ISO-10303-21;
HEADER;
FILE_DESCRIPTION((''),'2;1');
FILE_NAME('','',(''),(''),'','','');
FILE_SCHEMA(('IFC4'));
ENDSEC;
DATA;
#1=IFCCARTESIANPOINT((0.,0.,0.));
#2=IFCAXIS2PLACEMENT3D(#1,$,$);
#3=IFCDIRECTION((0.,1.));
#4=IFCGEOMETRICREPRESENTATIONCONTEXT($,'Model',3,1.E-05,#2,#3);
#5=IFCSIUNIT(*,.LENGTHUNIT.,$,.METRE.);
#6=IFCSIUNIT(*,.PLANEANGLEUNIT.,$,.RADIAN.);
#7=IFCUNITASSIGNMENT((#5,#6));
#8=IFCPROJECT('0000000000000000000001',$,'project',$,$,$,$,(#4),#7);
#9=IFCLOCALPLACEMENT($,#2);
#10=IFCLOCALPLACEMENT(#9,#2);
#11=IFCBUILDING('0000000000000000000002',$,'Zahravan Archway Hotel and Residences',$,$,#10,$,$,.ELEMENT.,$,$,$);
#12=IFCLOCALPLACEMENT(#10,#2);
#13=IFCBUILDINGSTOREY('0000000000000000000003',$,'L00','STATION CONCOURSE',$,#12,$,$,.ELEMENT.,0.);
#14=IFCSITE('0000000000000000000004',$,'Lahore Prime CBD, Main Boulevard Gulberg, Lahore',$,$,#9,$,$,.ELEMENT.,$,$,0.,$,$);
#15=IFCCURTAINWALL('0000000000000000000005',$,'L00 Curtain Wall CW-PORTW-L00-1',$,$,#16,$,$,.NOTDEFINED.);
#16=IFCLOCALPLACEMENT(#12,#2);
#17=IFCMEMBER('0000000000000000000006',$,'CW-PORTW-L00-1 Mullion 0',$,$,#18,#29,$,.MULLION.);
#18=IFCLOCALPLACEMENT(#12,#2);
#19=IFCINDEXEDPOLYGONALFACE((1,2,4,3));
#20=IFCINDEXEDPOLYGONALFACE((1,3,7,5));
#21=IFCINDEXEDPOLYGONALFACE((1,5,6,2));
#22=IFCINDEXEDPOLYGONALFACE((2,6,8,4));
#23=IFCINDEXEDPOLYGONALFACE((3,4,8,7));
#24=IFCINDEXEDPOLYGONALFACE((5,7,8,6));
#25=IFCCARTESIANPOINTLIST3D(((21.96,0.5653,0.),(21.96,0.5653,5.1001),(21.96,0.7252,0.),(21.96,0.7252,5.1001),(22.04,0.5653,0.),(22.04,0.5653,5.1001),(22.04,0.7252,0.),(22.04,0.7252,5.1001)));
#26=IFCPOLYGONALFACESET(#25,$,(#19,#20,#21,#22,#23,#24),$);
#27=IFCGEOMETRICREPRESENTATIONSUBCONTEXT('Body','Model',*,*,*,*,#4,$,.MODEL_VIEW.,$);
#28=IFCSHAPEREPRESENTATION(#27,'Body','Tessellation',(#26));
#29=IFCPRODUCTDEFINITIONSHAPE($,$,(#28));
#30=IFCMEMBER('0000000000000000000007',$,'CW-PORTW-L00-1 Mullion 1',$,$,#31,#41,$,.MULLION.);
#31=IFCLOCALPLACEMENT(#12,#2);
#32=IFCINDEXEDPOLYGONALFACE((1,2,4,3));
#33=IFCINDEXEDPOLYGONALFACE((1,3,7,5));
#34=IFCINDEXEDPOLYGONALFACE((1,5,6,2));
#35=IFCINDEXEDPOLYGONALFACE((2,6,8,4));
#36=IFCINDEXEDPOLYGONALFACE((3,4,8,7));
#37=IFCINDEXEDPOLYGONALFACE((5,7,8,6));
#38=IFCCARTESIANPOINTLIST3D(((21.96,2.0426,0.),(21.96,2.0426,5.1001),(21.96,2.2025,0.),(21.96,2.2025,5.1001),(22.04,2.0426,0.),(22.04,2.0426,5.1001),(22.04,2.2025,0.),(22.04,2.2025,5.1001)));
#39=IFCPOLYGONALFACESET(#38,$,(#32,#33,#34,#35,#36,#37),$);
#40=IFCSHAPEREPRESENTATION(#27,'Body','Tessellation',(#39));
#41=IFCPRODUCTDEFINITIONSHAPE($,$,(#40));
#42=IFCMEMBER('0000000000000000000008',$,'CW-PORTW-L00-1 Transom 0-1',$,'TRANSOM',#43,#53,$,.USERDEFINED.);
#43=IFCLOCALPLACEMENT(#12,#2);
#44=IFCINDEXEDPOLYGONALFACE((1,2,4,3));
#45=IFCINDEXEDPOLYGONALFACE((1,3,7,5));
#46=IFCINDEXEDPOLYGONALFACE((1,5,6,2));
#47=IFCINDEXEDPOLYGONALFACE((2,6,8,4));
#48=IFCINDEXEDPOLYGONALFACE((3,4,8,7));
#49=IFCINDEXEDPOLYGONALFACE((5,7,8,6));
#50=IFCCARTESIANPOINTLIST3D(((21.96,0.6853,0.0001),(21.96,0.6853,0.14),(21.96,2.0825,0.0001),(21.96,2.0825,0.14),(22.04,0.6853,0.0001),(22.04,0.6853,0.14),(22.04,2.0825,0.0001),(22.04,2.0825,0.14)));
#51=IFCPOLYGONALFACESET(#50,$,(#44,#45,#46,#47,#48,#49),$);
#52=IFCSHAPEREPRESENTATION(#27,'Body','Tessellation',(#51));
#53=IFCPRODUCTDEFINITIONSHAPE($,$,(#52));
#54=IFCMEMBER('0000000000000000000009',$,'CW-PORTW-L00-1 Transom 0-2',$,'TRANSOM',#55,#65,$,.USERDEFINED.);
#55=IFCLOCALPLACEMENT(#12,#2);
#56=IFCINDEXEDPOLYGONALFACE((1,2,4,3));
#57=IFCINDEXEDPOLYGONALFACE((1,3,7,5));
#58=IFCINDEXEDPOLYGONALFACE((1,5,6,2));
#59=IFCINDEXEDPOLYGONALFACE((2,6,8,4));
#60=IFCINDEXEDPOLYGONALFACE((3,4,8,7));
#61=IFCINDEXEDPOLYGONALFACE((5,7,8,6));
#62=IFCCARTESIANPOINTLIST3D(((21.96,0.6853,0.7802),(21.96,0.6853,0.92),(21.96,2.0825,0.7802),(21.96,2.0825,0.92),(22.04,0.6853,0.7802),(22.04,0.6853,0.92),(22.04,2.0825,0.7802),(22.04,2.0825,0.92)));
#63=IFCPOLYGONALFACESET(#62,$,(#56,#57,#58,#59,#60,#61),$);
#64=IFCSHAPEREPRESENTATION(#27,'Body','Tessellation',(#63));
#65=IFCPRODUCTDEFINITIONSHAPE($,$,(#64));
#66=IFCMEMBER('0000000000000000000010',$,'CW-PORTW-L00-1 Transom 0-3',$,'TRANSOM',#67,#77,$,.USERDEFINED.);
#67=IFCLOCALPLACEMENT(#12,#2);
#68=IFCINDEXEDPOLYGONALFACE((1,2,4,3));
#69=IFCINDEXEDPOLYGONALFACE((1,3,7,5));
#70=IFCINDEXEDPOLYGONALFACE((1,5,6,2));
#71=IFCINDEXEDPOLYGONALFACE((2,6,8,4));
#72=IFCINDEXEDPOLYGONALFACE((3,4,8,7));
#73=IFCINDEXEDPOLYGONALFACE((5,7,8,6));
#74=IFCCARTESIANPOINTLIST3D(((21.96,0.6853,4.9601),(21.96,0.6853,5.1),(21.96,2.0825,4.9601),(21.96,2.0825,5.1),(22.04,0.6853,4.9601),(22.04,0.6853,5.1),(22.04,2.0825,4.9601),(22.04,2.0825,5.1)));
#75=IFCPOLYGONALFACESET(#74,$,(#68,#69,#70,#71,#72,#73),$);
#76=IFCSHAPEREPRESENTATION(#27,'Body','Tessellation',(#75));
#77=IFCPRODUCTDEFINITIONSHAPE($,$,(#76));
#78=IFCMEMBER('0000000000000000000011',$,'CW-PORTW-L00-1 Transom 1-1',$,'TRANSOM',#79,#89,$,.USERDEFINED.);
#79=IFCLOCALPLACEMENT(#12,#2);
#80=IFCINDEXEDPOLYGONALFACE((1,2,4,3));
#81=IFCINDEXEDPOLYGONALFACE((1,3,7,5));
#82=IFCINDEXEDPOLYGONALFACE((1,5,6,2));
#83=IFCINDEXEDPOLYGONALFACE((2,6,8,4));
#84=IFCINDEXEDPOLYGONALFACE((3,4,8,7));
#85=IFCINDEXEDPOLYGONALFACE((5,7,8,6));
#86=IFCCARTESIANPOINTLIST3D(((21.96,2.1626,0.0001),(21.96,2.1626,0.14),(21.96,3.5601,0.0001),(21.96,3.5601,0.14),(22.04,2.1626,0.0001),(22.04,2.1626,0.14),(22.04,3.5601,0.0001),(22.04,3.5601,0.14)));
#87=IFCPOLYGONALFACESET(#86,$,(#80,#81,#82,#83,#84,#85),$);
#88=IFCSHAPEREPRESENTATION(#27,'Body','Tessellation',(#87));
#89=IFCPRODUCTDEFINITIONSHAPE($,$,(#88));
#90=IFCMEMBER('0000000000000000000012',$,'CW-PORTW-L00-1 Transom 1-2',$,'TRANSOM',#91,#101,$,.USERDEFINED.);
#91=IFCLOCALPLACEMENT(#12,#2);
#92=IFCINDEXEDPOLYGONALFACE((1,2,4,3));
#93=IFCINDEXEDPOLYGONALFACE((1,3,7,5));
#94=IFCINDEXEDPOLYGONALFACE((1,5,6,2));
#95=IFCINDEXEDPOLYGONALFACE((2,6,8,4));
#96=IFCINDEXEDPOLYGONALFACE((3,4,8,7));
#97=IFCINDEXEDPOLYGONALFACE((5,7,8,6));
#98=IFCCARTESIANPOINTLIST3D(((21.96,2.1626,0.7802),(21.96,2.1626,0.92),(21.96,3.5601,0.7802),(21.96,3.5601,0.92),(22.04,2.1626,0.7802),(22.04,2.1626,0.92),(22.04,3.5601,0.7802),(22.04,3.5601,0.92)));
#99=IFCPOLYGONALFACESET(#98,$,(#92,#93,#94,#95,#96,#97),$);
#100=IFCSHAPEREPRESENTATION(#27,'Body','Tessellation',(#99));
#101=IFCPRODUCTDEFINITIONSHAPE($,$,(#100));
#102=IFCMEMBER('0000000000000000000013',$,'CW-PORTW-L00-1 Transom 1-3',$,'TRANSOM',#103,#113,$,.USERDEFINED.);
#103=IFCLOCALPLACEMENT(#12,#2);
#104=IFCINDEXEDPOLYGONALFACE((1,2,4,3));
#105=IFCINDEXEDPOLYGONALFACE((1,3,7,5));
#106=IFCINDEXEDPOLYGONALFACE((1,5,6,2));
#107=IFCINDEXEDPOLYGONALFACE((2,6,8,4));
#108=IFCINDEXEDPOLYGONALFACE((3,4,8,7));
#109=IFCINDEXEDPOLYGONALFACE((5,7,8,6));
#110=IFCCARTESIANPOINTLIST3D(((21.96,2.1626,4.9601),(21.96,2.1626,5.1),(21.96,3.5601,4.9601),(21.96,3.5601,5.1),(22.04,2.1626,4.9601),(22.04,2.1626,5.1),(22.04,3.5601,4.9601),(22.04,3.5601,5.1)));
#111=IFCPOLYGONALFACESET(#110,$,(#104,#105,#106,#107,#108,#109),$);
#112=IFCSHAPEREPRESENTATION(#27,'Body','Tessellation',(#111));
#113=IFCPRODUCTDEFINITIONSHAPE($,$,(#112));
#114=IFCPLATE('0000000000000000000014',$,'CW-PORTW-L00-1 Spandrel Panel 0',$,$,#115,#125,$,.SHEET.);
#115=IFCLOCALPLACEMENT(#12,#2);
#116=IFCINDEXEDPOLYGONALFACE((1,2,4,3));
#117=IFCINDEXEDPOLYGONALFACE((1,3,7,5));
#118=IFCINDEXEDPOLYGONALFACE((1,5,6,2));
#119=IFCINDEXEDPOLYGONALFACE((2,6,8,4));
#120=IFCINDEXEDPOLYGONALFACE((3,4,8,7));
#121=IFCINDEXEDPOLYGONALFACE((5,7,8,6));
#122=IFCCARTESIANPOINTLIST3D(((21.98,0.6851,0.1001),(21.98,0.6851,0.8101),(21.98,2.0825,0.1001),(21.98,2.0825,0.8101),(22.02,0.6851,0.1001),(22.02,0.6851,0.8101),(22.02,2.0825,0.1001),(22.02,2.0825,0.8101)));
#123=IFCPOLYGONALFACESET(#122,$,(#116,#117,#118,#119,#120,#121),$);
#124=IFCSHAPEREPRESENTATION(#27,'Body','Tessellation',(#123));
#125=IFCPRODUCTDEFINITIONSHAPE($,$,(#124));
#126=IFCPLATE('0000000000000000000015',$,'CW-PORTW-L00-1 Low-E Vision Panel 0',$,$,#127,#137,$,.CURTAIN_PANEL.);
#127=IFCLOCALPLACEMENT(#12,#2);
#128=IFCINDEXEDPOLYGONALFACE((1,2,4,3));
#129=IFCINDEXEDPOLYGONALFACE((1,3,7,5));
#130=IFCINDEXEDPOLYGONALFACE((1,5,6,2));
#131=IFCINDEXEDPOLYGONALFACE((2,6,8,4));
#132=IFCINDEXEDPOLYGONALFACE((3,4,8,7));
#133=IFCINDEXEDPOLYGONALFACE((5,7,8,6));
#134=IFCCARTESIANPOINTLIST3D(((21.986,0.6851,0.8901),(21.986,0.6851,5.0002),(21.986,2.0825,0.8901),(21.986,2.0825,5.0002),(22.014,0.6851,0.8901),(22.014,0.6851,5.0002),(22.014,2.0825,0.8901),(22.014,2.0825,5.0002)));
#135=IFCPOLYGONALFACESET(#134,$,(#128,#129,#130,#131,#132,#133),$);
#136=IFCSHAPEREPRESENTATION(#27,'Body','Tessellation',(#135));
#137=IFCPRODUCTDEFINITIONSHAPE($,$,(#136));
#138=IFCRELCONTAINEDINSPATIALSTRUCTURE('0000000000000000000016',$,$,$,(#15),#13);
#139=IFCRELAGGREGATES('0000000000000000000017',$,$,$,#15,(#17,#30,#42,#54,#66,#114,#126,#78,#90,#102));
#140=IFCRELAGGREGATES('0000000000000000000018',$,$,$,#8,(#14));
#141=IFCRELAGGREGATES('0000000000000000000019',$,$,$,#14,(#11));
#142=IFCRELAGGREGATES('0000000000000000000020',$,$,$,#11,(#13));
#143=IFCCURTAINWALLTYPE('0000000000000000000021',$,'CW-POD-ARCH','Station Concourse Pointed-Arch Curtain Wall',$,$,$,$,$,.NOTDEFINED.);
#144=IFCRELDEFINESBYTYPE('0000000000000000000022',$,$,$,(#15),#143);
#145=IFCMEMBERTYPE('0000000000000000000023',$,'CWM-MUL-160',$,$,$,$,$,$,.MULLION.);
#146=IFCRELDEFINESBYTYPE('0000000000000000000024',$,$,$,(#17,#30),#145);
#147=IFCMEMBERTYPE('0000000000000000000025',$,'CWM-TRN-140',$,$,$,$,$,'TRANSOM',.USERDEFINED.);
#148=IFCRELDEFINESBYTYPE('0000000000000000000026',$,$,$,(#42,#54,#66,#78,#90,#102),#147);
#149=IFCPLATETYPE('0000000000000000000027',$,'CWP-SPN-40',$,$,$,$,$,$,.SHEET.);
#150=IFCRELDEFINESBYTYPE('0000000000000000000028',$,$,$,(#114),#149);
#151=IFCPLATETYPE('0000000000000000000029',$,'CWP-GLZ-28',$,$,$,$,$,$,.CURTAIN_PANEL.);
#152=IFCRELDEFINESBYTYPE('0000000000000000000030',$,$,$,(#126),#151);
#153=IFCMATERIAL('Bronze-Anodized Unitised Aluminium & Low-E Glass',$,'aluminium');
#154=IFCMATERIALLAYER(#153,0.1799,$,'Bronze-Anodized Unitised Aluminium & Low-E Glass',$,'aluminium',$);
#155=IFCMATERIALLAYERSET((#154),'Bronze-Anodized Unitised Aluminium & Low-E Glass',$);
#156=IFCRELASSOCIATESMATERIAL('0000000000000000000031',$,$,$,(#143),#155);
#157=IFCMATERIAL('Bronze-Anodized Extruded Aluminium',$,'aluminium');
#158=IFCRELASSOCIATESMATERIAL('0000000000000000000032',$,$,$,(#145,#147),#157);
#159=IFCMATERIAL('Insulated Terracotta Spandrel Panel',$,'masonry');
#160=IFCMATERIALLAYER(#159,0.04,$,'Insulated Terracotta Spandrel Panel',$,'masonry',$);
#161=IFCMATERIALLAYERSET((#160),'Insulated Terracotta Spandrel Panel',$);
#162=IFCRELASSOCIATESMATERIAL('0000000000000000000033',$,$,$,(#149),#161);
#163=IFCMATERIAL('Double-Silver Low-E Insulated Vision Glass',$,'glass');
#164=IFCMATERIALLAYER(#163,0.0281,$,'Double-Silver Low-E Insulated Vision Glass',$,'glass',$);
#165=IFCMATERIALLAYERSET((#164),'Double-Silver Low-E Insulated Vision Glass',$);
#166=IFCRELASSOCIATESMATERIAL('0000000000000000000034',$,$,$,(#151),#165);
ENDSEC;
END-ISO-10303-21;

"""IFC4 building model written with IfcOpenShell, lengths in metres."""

from ifc_helpers import new_model, si_unit, direction, frame, origin, origin_2d, place, context, subcontext, project, spatial, rectangle, extrude, source, transform, mapped, material, layer, layer_set, material_profile, profile_set, type_object, element, aggregate, save


model = new_model("IFC4")

# Units and contexts
model_context = context("Model", 3, precision=1e-05, world=origin(), true_north=direction((0.0, 1.0)))
body_context = subcontext(model_context, "Body", "Model", "MODEL_VIEW")
ifc_project = project(units=[si_unit("LENGTHUNIT", "METRE"), si_unit("PLANEANGLEUNIT", "RADIAN")], contexts=[model_context])

# Site, building, storey
site_placement = place(None, origin())
site = spatial("IfcSite", under=ifc_project, at=site_placement, Name="Lahore Prime CBD, Main Boulevard Gulberg, Lahore", CompositionType="ELEMENT", RefElevation=0.0)
building_placement = place(site_placement, origin())
building = spatial("IfcBuilding", under=site, at=building_placement, Name="Zahravan Archway Hotel and Residences", CompositionType="ELEMENT")
storey_placement = place(building_placement, origin())
storey = spatial("IfcBuildingStorey", under=building, at=storey_placement, Name="L00", Description="STATION CONCOURSE", CompositionType="ELEMENT", Elevation=0.0)

# Curtain wall, members, plates
ifc_material_1 = material(Name="Bronze-Anodized Unitised Aluminium & Low-E Glass", Category="aluminium")
ifc_layer_1 = layer(ifc_material_1, 0.1799, Name="Bronze-Anodized Unitised Aluminium & Low-E Glass", Category="aluminium")
ifc_layer_set_1 = layer_set([ifc_layer_1], Name="Bronze-Anodized Unitised Aluminium & Low-E Glass")
curtain_wall_type = type_object("IfcCurtainWallType", Name="CW-POD-ARCH", Description="Station Concourse Pointed-Arch Curtain Wall", PredefinedType="NOTDEFINED", material=ifc_layer_set_1)
curtain_wall_placement = place(storey_placement, origin())
curtain_wall = element("IfcCurtainWall", 1, at=curtain_wall_placement, inside=storey, type_object=curtain_wall_type, Name="L00 Curtain Wall CW-PORTW-L00-1", PredefinedType="NOTDEFINED")
ifc_material_2 = material(Name="Bronze-Anodized Extruded Aluminium", Category="aluminium")
ifc_material_profile_1 = material_profile(ifc_material_2, rectangle(XDim=0.0801, YDim=0.1599, at=origin_2d()), Name="MUL 80x160", Category="aluminium")
ifc_profile_set_1 = profile_set([ifc_material_profile_1], Name="Bronze-Anodized Extruded Aluminium")
member_type_1 = type_object("IfcMemberType", Name="CWM-MUL-160", PredefinedType="MULLION", material=ifc_profile_set_1)
shared_shape_1 = source(origin(), body_context, "Body", "SweptSolid", [
    extrude(rectangle(XDim=0.0801, YDim=0.1599, at=origin_2d()), origin(), (0.0, 0.0, 1.0), 5.1001),
])
member_1_placement = place(storey_placement, frame((22.0, 0.6453, 0.0), z_axis=(0.0, 0.0, 1.0), x_axis=(1.0, 0.0, 0.0)))
member_1 = element("IfcMember", 2, at=member_1_placement, type_object=member_type_1, Name="CW-PORTW-L00-1 Mullion 0", PredefinedType="MULLION", context=body_context, shape_type="MappedRepresentation", body=[
    mapped(shared_shape_1, transform((0.0, 0.0, 0.0), scale=1.0)),
])
member_2_placement = place(storey_placement, frame((22.0, 2.1226, 0.0), z_axis=(0.0, 0.0, 1.0), x_axis=(1.0, 0.0, 0.0)))
member_2 = element("IfcMember", 3, at=member_2_placement, type_object=member_type_1, Name="CW-PORTW-L00-1 Mullion 1", PredefinedType="MULLION", context=body_context, shape_type="MappedRepresentation", body=[
    mapped(shared_shape_1, transform((0.0, 0.0, 0.0), scale=1.0)),
])
ifc_material_profile_2 = material_profile(ifc_material_2, rectangle(XDim=0.0801, YDim=0.1399, at=origin_2d()), Name="TRN 80x140", Category="aluminium")
ifc_profile_set_2 = profile_set([ifc_material_profile_2], Name="Bronze-Anodized Extruded Aluminium")
member_type_2 = type_object("IfcMemberType", Name="CWM-TRN-140", ElementType="TRANSOM", PredefinedType="USERDEFINED", material=ifc_profile_set_2)
shared_shape_2 = source(origin(), body_context, "Body", "SweptSolid", [
    extrude(rectangle(XDim=0.0801, YDim=0.1399, at=origin_2d()), origin(), (0.0, 0.0, 1.0), 1.3972),
])
member_3_placement = place(storey_placement, frame((22.0, 0.6853, 0.0701), z_axis=(0.0, 1.0, 0.0), x_axis=(-1.0, 0.0, 0.0)))
member_3 = element("IfcMember", 4, at=member_3_placement, type_object=member_type_2, Name="CW-PORTW-L00-1 Transom 0-1", ObjectType="TRANSOM", PredefinedType="USERDEFINED", context=body_context, shape_type="MappedRepresentation", body=[
    mapped(shared_shape_2, transform((0.0, 0.0, 0.0), scale=1.0)),
])
member_4_placement = place(storey_placement, frame((22.0, 0.6853, 0.8501), z_axis=(0.0, 1.0, 0.0), x_axis=(-1.0, 0.0, 0.0)))
member_4 = element("IfcMember", 5, at=member_4_placement, type_object=member_type_2, Name="CW-PORTW-L00-1 Transom 0-2", ObjectType="TRANSOM", PredefinedType="USERDEFINED", context=body_context, shape_type="MappedRepresentation", body=[
    mapped(shared_shape_2, transform((0.0, 0.0, 0.0), scale=1.0)),
])
member_5_placement = place(storey_placement, frame((22.0, 0.6853, 5.03), z_axis=(0.0, 1.0, 0.0), x_axis=(-1.0, 0.0, 0.0)))
member_5 = element("IfcMember", 6, at=member_5_placement, type_object=member_type_2, Name="CW-PORTW-L00-1 Transom 0-3", ObjectType="TRANSOM", PredefinedType="USERDEFINED", context=body_context, shape_type="MappedRepresentation", body=[
    mapped(shared_shape_2, transform((0.0, 0.0, 0.0), scale=1.0)),
])
shared_shape_3 = source(origin(), body_context, "Body", "SweptSolid", [
    extrude(rectangle(XDim=0.0801, YDim=0.1399, at=origin_2d()), origin(), (0.0, 0.0, 1.0), 1.3975),
])
member_6_placement = place(storey_placement, frame((22.0, 2.1626, 0.0701), z_axis=(0.0, 1.0, 0.0), x_axis=(-1.0, 0.0, 0.0)))
member_6 = element("IfcMember", 7, at=member_6_placement, type_object=member_type_2, Name="CW-PORTW-L00-1 Transom 1-1", ObjectType="TRANSOM", PredefinedType="USERDEFINED", context=body_context, shape_type="MappedRepresentation", body=[
    mapped(shared_shape_3, transform((0.0, 0.0, 0.0), scale=1.0)),
])
member_7_placement = place(storey_placement, frame((22.0, 2.1626, 0.8501), z_axis=(0.0, 1.0, 0.0), x_axis=(-1.0, 0.0, 0.0)))
member_7 = element("IfcMember", 8, at=member_7_placement, type_object=member_type_2, Name="CW-PORTW-L00-1 Transom 1-2", ObjectType="TRANSOM", PredefinedType="USERDEFINED", context=body_context, shape_type="MappedRepresentation", body=[
    mapped(shared_shape_3, transform((0.0, 0.0, 0.0), scale=1.0)),
])
member_8_placement = place(storey_placement, frame((22.0, 2.1626, 5.03), z_axis=(0.0, 1.0, 0.0), x_axis=(-1.0, 0.0, 0.0)))
member_8 = element("IfcMember", 9, at=member_8_placement, type_object=member_type_2, Name="CW-PORTW-L00-1 Transom 1-3", ObjectType="TRANSOM", PredefinedType="USERDEFINED", context=body_context, shape_type="MappedRepresentation", body=[
    mapped(shared_shape_3, transform((0.0, 0.0, 0.0), scale=1.0)),
])
ifc_material_3 = material(Name="Insulated Terracotta Spandrel Panel", Category="masonry")
ifc_layer_2 = layer(ifc_material_3, 0.04, Name="Insulated Terracotta Spandrel Panel", Category="masonry")
ifc_layer_set_2 = layer_set([ifc_layer_2], Name="Insulated Terracotta Spandrel Panel")
plate_type_1 = type_object("IfcPlateType", Name="CWP-SPN-40", PredefinedType="SHEET", material=ifc_layer_set_2)
shared_shape_4 = source(origin(), body_context, "Body", "SweptSolid", [
    extrude(rectangle(XDim=1.3975, YDim=0.04, at=origin_2d()), origin(), (0.0, 0.0, 1.0), 0.71),
])
plate_1_placement = place(storey_placement, frame((22.0, 1.3838, 0.1001), z_axis=(0.0, 0.0, 1.0), x_axis=(0.0, 1.0, 0.0)))
plate_1 = element("IfcPlate", 10, at=plate_1_placement, type_object=plate_type_1, Name="CW-PORTW-L00-1 Spandrel Panel 0", PredefinedType="SHEET", context=body_context, shape_type="MappedRepresentation", body=[
    mapped(shared_shape_4, transform((0.0, 0.0, 0.0), scale=1.0)),
])
ifc_material_4 = material(Name="Double-Silver Low-E Insulated Vision Glass", Category="glass")
ifc_layer_3 = layer(ifc_material_4, 0.0281, Name="Double-Silver Low-E Insulated Vision Glass", Category="glass")
ifc_layer_set_3 = layer_set([ifc_layer_3], Name="Double-Silver Low-E Insulated Vision Glass")
plate_type_2 = type_object("IfcPlateType", Name="CWP-GLZ-28", PredefinedType="CURTAIN_PANEL", material=ifc_layer_set_3)
shared_shape_5 = source(origin(), body_context, "Body", "SweptSolid", [
    extrude(rectangle(XDim=1.3975, YDim=0.0281, at=origin_2d()), origin(), (0.0, 0.0, 1.0), 4.1101),
])
plate_2_placement = place(storey_placement, frame((22.0, 1.3838, 0.8901), z_axis=(0.0, 0.0, 1.0), x_axis=(0.0, 1.0, 0.0)))
plate_2 = element("IfcPlate", 11, at=plate_2_placement, type_object=plate_type_2, Name="CW-PORTW-L00-1 Low-E Vision Panel 0", PredefinedType="CURTAIN_PANEL", context=body_context, shape_type="MappedRepresentation", body=[
    mapped(shared_shape_5, transform((0.0, 0.0, 0.0), scale=1.0)),
])
aggregate(curtain_wall, [member_1, member_2, member_3, member_4, member_5, plate_1, plate_2, member_6, member_7, member_8])

save(model, "model.ifc")
